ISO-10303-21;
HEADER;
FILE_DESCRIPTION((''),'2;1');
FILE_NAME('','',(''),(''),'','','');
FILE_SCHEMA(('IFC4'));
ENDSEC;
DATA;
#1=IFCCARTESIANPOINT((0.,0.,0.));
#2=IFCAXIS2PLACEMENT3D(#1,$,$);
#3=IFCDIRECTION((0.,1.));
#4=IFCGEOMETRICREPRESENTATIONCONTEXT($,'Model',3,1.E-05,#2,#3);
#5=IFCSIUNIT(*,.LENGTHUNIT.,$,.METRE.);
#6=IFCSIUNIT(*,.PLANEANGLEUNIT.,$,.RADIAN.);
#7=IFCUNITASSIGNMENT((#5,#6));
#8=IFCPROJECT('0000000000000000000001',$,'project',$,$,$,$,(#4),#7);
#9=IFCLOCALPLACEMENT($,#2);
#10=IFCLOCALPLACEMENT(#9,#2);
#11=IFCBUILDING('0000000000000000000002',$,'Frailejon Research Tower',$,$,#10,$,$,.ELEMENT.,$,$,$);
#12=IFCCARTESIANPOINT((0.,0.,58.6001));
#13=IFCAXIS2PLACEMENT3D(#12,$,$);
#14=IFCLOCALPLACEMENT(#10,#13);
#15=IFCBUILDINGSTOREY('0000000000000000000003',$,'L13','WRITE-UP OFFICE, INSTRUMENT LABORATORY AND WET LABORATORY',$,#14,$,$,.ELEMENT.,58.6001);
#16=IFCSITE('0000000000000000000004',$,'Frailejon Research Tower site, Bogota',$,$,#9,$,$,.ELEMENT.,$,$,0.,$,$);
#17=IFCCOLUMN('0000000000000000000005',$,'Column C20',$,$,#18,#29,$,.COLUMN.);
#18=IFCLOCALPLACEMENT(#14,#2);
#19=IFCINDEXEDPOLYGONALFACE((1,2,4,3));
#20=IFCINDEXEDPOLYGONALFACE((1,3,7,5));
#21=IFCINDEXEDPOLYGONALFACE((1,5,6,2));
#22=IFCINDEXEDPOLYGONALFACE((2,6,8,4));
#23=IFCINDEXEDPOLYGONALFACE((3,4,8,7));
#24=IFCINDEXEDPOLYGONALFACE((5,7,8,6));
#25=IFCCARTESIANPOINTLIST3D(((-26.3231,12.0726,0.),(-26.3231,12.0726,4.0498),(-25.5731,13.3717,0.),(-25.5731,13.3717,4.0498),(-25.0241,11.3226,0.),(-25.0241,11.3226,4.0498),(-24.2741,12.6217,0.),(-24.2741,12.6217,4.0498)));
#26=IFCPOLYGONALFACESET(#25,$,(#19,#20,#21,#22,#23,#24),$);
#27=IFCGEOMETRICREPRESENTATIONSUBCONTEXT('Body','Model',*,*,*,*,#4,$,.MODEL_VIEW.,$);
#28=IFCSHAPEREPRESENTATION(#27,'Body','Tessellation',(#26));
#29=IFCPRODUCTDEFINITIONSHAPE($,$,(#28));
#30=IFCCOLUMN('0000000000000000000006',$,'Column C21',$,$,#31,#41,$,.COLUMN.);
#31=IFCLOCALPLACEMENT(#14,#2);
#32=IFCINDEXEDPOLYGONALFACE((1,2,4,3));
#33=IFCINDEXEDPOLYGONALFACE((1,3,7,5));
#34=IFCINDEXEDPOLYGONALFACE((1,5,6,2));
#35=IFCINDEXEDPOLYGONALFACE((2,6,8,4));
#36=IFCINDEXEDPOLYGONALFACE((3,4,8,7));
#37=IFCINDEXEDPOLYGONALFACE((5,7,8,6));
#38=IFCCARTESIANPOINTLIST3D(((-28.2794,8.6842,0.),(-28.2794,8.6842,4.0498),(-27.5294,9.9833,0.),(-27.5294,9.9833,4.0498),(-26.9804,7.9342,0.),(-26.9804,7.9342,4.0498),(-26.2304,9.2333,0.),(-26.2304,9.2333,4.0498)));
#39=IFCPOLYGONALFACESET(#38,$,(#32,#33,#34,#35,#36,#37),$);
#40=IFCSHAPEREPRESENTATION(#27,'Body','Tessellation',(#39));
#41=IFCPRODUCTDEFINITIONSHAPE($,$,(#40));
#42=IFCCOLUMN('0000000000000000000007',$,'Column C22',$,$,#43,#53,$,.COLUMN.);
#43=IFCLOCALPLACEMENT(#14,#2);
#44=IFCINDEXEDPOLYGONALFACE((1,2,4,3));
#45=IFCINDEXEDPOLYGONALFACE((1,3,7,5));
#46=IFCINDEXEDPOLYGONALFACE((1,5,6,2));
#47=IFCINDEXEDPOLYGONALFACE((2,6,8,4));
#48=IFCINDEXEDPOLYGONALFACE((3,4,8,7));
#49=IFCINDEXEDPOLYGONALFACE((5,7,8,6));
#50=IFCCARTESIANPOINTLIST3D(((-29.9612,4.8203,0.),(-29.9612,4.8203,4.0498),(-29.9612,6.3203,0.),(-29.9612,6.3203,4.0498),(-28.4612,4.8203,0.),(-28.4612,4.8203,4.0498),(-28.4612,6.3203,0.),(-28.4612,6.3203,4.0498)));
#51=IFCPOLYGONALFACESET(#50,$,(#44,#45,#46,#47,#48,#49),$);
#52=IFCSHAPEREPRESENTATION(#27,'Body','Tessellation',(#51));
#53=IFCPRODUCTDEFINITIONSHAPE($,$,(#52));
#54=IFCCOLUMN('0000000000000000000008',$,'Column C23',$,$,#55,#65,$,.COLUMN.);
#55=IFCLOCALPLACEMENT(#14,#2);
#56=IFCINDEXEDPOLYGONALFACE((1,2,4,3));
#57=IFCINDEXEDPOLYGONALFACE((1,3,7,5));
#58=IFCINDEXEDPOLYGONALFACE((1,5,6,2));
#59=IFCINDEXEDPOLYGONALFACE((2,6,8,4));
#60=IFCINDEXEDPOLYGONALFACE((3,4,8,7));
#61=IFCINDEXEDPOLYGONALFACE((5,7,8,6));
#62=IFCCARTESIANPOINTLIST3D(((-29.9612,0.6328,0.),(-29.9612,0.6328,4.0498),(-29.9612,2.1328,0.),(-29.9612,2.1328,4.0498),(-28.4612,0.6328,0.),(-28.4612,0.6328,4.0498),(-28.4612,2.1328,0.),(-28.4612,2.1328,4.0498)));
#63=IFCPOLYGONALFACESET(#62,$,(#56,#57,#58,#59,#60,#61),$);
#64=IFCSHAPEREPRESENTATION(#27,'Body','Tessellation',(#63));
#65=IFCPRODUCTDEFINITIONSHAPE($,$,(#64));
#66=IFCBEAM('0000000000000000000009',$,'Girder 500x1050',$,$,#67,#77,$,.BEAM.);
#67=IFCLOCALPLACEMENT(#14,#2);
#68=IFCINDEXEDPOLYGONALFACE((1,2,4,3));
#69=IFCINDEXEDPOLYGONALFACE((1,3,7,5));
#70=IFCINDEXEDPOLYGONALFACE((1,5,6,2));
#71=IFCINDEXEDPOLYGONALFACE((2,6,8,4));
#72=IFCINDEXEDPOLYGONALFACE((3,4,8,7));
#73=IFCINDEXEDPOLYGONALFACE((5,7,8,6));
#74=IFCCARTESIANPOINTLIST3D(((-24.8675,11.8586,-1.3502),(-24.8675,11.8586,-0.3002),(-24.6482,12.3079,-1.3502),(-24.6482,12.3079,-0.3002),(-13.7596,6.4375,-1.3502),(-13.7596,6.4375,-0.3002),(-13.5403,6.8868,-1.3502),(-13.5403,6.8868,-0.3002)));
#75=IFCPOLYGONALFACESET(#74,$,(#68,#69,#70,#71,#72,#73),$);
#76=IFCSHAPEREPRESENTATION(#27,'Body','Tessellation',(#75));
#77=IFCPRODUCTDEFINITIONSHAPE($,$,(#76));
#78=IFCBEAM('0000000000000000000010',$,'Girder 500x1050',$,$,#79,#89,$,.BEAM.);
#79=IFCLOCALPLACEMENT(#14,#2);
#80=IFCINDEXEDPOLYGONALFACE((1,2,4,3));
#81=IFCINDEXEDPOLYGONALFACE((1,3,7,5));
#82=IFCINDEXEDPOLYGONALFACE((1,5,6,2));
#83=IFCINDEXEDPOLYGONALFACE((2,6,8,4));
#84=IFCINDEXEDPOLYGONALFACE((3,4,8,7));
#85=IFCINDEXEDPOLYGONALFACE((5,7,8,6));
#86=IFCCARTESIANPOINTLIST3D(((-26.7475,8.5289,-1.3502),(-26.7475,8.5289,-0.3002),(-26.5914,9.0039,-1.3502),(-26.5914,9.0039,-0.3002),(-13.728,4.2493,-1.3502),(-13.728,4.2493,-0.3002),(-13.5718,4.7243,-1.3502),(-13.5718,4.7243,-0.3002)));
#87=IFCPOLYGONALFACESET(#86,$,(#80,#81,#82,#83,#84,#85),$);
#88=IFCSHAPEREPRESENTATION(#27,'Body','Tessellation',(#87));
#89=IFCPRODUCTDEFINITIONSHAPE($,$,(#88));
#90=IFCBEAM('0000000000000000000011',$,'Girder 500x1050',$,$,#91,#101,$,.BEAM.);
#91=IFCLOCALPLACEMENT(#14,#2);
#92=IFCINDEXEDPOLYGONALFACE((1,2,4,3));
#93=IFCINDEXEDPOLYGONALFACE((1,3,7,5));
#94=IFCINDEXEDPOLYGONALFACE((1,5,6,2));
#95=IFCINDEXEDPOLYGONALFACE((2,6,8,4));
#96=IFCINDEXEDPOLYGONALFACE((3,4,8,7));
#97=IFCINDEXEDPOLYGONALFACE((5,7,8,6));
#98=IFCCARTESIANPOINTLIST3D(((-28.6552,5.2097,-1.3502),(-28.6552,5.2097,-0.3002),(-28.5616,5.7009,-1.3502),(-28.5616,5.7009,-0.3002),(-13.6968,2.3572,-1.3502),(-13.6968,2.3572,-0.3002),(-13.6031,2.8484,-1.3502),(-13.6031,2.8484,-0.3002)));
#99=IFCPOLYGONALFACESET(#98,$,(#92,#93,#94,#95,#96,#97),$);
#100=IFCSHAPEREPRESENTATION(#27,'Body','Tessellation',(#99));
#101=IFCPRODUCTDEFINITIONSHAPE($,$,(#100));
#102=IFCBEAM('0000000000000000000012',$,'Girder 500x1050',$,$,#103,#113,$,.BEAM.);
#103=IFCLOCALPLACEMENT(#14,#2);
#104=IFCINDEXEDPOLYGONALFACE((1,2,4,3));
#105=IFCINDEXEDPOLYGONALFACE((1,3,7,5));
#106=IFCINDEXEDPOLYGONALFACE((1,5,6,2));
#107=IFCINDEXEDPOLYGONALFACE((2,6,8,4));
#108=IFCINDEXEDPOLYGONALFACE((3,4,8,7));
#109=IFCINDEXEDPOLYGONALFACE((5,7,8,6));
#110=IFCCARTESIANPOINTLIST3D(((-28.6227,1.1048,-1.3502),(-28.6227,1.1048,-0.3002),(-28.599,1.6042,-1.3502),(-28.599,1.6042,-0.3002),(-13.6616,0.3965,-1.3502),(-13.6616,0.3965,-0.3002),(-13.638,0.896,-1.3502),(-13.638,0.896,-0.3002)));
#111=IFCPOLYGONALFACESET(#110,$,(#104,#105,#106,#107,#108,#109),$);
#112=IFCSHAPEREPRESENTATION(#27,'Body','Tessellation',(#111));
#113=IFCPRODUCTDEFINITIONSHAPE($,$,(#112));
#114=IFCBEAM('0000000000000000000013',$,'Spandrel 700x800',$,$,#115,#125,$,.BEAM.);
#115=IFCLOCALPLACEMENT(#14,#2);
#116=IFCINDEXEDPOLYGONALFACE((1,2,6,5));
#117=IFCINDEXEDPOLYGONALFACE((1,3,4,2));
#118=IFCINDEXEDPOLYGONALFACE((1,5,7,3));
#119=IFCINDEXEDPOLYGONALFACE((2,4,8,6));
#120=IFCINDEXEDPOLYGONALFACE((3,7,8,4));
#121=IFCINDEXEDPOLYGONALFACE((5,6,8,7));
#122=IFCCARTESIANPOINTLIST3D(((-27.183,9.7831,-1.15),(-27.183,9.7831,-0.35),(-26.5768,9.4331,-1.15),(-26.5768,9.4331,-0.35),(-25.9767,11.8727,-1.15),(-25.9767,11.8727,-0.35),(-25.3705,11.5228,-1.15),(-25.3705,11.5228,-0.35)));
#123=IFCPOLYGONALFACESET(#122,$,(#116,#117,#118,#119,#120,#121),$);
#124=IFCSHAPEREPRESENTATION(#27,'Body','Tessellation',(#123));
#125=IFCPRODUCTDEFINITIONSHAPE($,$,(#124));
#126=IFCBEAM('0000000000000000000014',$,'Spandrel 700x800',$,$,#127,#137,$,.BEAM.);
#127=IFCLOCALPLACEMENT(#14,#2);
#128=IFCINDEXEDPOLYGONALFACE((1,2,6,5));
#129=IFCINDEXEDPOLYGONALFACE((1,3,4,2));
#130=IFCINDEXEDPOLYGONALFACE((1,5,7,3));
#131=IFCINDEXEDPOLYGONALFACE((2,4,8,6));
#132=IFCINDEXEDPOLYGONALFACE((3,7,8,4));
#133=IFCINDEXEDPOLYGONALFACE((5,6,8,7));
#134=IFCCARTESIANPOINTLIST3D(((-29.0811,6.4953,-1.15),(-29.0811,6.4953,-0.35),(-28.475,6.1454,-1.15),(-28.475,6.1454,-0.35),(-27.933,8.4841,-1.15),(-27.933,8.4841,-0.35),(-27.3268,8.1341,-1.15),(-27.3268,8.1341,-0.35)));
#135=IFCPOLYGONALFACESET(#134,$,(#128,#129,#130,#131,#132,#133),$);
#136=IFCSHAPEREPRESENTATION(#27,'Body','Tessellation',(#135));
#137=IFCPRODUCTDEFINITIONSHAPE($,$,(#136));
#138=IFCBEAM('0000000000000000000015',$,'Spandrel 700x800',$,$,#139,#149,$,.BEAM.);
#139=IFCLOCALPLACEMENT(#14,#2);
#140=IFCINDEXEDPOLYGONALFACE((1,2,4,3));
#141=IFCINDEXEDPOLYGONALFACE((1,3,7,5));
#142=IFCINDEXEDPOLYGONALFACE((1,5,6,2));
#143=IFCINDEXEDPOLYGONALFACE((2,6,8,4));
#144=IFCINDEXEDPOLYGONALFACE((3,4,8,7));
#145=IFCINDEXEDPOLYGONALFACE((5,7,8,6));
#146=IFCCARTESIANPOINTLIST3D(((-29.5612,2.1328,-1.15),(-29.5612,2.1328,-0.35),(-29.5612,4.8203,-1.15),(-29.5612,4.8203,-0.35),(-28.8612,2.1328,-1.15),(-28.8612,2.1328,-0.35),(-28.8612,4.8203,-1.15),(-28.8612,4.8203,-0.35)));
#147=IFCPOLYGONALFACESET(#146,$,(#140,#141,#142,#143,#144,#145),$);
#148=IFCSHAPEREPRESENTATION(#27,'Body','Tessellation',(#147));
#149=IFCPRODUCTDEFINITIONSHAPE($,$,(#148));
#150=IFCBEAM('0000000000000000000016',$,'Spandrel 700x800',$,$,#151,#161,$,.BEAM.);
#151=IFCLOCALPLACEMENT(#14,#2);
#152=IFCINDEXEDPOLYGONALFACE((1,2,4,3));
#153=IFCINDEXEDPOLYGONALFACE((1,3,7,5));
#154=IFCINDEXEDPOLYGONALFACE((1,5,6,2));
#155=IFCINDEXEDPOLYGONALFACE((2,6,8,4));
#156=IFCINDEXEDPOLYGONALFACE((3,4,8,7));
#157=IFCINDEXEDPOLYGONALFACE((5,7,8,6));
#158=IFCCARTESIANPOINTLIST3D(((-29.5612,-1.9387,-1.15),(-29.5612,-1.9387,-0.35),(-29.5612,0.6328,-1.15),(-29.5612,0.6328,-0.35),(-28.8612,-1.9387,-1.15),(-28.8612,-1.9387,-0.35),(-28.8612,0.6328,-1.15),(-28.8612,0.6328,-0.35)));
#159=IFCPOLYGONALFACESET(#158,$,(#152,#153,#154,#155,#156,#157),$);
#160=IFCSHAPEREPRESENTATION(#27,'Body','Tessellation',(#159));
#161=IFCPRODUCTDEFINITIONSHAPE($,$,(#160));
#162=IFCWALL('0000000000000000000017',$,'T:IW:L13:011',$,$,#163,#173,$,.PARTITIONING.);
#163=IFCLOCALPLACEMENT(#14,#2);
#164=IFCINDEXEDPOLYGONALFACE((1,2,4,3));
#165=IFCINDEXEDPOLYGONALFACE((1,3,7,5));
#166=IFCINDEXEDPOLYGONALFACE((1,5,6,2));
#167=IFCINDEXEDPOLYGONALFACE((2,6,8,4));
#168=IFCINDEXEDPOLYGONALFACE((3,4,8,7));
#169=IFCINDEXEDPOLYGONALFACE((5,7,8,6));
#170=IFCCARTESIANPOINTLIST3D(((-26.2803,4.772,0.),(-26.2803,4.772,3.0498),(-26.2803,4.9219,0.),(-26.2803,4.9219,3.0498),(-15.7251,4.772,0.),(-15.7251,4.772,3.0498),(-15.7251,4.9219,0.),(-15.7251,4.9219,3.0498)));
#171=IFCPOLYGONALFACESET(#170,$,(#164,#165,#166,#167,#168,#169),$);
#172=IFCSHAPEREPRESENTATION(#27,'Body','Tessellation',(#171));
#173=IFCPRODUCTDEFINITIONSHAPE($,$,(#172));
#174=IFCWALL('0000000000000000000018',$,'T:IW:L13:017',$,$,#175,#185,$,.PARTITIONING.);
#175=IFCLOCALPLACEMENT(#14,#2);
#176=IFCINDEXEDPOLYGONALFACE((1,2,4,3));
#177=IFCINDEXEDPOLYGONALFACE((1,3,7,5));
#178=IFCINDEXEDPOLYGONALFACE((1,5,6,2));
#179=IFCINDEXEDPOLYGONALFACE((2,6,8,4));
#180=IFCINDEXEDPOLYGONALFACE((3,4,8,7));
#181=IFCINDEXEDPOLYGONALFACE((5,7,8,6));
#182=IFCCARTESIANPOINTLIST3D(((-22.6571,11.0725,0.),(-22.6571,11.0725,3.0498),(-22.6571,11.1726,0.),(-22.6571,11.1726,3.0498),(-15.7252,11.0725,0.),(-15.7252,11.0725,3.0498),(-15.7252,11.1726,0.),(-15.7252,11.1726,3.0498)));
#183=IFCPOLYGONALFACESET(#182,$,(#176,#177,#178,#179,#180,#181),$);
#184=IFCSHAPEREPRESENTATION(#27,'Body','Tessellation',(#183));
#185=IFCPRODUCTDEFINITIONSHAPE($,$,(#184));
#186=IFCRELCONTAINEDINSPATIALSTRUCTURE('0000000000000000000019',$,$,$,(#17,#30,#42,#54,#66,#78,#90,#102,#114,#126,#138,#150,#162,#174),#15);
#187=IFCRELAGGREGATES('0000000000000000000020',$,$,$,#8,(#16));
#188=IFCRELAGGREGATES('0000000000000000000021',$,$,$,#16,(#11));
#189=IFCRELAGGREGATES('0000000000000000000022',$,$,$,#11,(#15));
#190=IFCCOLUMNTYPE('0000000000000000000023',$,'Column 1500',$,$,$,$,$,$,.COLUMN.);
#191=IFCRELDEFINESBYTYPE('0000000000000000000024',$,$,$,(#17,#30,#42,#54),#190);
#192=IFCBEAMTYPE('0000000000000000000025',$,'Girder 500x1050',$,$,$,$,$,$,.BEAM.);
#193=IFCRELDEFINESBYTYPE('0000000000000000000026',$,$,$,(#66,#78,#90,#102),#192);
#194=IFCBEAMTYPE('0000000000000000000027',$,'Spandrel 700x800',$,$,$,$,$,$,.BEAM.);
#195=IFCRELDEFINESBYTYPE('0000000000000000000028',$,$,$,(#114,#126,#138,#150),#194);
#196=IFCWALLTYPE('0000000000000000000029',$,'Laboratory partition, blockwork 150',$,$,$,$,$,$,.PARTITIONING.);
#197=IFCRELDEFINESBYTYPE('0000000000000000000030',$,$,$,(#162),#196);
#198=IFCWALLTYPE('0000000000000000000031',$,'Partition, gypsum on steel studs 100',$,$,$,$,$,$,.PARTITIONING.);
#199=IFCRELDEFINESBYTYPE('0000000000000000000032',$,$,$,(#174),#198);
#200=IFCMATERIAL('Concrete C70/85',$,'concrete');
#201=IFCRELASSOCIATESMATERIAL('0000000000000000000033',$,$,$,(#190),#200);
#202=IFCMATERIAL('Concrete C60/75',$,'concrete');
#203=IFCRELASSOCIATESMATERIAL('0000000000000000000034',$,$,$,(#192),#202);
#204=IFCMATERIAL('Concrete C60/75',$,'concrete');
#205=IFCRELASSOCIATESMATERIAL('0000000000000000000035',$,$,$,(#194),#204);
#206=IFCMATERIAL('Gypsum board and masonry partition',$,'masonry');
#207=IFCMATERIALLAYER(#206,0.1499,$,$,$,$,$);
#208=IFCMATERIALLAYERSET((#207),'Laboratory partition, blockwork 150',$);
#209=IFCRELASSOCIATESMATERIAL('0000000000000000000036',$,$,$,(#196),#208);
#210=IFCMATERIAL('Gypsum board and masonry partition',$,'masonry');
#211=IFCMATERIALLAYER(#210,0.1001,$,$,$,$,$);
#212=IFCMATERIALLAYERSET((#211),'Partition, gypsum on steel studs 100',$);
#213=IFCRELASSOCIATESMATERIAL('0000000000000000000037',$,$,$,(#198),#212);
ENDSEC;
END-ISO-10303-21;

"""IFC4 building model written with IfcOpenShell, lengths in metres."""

from ifc_helpers import new_model, si_unit, direction, frame, frame_2d, origin, origin_2d, place, context, subcontext, project, spatial, rectangle, extrude, material, layer, layer_set, material_profile, profile_set, type_object, element, save


model = new_model("IFC4")

# Units and contexts
model_context = context("Model", 3, precision=1e-05, world=origin(), true_north=direction((0.0, 1.0)))
body_context = subcontext(model_context, "Body", "Model", "MODEL_VIEW")
ifc_project = project(units=[si_unit("LENGTHUNIT", "METRE"), si_unit("PLANEANGLEUNIT", "RADIAN")], contexts=[model_context])

# Site, building, storey
site_placement = place(None, origin())
site = spatial("IfcSite", under=ifc_project, at=site_placement, Name="Frailejon Research Tower site, Bogota", CompositionType="ELEMENT", RefElevation=0.0)
building_placement = place(site_placement, origin())
building = spatial("IfcBuilding", under=site, at=building_placement, Name="Frailejon Research Tower", CompositionType="ELEMENT")
storey_placement = place(building_placement, frame((0.0, 0.0, 58.6001)))
storey = spatial("IfcBuildingStorey", under=building, at=storey_placement, Name="L13", Description="WRITE-UP OFFICE, INSTRUMENT LABORATORY AND WET LABORATORY", CompositionType="ELEMENT", Elevation=58.6001)

# Columns
ifc_material_1 = material(Name="Concrete C70/85", Category="concrete")
ifc_material_profile_1 = material_profile(ifc_material_1, rectangle(XDim=1.5, YDim=1.5, at=origin_2d()), Name="Column 1500")
ifc_profile_set_1 = profile_set([ifc_material_profile_1], Name="Concrete C70/85")
column_type = type_object("IfcColumnType", Name="Column 1500", PredefinedType="COLUMN", material=ifc_profile_set_1)
for number, where, z_axis, x_axis, name in (
    (1, (-25.2986, 12.3472, 0.0), (0.0, 0.0, 1.0), (-0.5, -0.866025, 0.0), "Column C20"),
    (2, (-27.2549, 8.9587, 0.0), (0.0, 0.0, 1.0), (-0.5, -0.866025, 0.0), "Column C21"),
    (3, (-29.2112, 5.5703, 0.0), (0.0, 0.0, 1.0), (0.0, -1.0, 0.0), "Column C22"),
    (4, (-29.2112, 1.3828, 0.0), (0.0, 0.0, 1.0), (0.0, -1.0, 0.0), "Column C23"),
):
    element("IfcColumn", number, at=place(storey_placement, frame(where, z_axis=z_axis, x_axis=x_axis)), inside=storey, type_object=column_type, Name=name, PredefinedType="COLUMN", context=body_context, shape_type="SweptSolid", body=[
        extrude(rectangle(XDim=1.5, YDim=1.5, at=origin_2d()), origin(), (0.0, 0.0, 1.0), 4.0498),
    ])

# Beams
ifc_material_2 = material(Name="Concrete C60/75", Category="concrete")
ifc_material_profile_2 = material_profile(ifc_material_2, rectangle(XDim=0.5, YDim=1.05, at=origin_2d()), Name="Girder 500x1050")
ifc_profile_set_2 = profile_set([ifc_material_profile_2], Name="Concrete C60/75")
beam_type_1 = type_object("IfcBeamType", Name="Girder 500x1050", PredefinedType="BEAM", material=ifc_profile_set_2)
beam_1_placement = place(storey_placement, frame((-24.7578, 12.0833, -0.8252), z_axis=(0.898684, -0.438597, 0.0), x_axis=(0.438597, 0.898684, 0.0)))
element("IfcBeam", 5, at=beam_1_placement, inside=storey, type_object=beam_type_1, Name="Girder 500x1050", PredefinedType="BEAM", context=body_context, shape_type="SweptSolid", body=[
    extrude(rectangle(XDim=0.5, YDim=1.05, at=origin_2d()), origin(), (0.0, 0.0, 1.0), 12.3601),
])
beam_2_placement = place(storey_placement, frame((-26.6694, 8.7664, -0.8252), z_axis=(0.949995, -0.312265, 0.0), x_axis=(0.312265, 0.949995, 0.0)))
element("IfcBeam", 6, at=beam_2_placement, inside=storey, type_object=beam_type_1, Name="Girder 500x1050", PredefinedType="BEAM", context=body_context, shape_type="SweptSolid", body=[
    extrude(rectangle(XDim=0.5, YDim=1.05, at=origin_2d()), origin(), (0.0, 0.0, 1.0), 13.7048),
])
beam_3_placement = place(storey_placement, frame((-28.6084, 5.4553, -0.8252), z_axis=(0.982299, -0.187321, 0.0), x_axis=(0.187321, 0.982299, 0.0)))
element("IfcBeam", 7, at=beam_3_placement, inside=storey, type_object=beam_type_1, Name="Girder 500x1050", PredefinedType="BEAM", context=body_context, shape_type="SweptSolid", body=[
    extrude(rectangle(XDim=0.5, YDim=1.05, at=origin_2d()), origin(), (0.0, 0.0, 1.0), 15.228),
])
beam_4_placement = place(storey_placement, frame((-28.6108, 1.3545, -0.8252), z_axis=(0.998881, -0.047287, 0.0), x_axis=(0.047287, 0.998881, 0.0)))
element("IfcBeam", 8, at=beam_4_placement, inside=storey, type_object=beam_type_1, Name="Girder 500x1050", PredefinedType="BEAM", context=body_context, shape_type="SweptSolid", body=[
    extrude(rectangle(XDim=0.5, YDim=1.05, at=origin_2d()), origin(), (0.0, 0.0, 1.0), 14.9778),
])
ifc_material_3 = material(Name="Concrete C60/75", Category="concrete")
ifc_material_profile_3 = material_profile(ifc_material_3, rectangle(XDim=0.7, YDim=0.8, at=origin_2d()), Name="Spandrel 700x800")
ifc_profile_set_3 = profile_set([ifc_material_profile_3], Name="Concrete C60/75")
beam_type_2 = type_object("IfcBeamType", Name="Spandrel 700x800", PredefinedType="BEAM", material=ifc_profile_set_3)
beam_5_placement = place(storey_placement, frame((-25.6736, 11.6978, -0.75), z_axis=(-0.499959, -0.866049, 0.0), x_axis=(0.866049, -0.499959, 0.0)))
element("IfcBeam", 9, at=beam_5_placement, inside=storey, type_object=beam_type_2, Name="Spandrel 700x800", PredefinedType="BEAM", context=body_context, shape_type="SweptSolid", body=[
    extrude(rectangle(XDim=0.7, YDim=0.8, at=origin_2d()), origin(), (0.0, 0.0, 1.0), 2.4128),
])
beam_6_placement = place(storey_placement, frame((-27.6299, 8.3091, -0.75), z_axis=(-0.499992, -0.86603, 0.0), x_axis=(0.86603, -0.499992, 0.0)))
element("IfcBeam", 10, at=beam_6_placement, inside=storey, type_object=beam_type_2, Name="Spandrel 700x800", PredefinedType="BEAM", context=body_context, shape_type="SweptSolid", body=[
    extrude(rectangle(XDim=0.7, YDim=0.8, at=origin_2d()), origin(), (0.0, 0.0, 1.0), 2.2964),
])
beam_7_placement = place(storey_placement, frame((-29.2112, 4.8203, -0.75), z_axis=(0.0, -1.0, 0.0), x_axis=(1.0, 0.0, 0.0)))
element("IfcBeam", 11, at=beam_7_placement, inside=storey, type_object=beam_type_2, Name="Spandrel 700x800", PredefinedType="BEAM", context=body_context, shape_type="SweptSolid", body=[
    extrude(rectangle(XDim=0.7, YDim=0.8, at=origin_2d()), origin(), (0.0, 0.0, 1.0), 2.6875),
])
beam_8_placement = place(storey_placement, frame((-29.2112, 0.6328, -0.75), z_axis=(0.0, -1.0, 0.0), x_axis=(1.0, 0.0, 0.0)))
element("IfcBeam", 12, at=beam_8_placement, inside=storey, type_object=beam_type_2, Name="Spandrel 700x800", PredefinedType="BEAM", context=body_context, shape_type="SweptSolid", body=[
    extrude(rectangle(XDim=0.7, YDim=0.8, at=origin_2d()), origin(), (0.0, 0.0, 1.0), 2.5715),
])

# Walls
ifc_material_4 = material(Name="Gypsum board and masonry partition", Category="masonry")
ifc_layer_1 = layer(ifc_material_4, 0.1499)
ifc_layer_set_1 = layer_set([ifc_layer_1], Name="Laboratory partition, blockwork 150")
wall_type_1 = type_object("IfcWallType", Name="Laboratory partition, blockwork 150", PredefinedType="PARTITIONING", material=ifc_layer_set_1)
wall_1_placement = place(storey_placement, frame((-26.2803, 4.8469, 0.0), z_axis=(0.0, 0.0, 1.0), x_axis=(1.0, 0.0, 0.0)))
element("IfcWall", 13, at=wall_1_placement, inside=storey, type_object=wall_type_1, Name="T:IW:L13:011", PredefinedType="PARTITIONING", context=body_context, shape_type="SweptSolid", body=[
    extrude(rectangle(XDim=10.5552, YDim=0.1499, at=frame_2d((5.2776, 0.0))), origin(), (0.0, 0.0, 1.0), 3.0498),
])
ifc_material_5 = material(Name="Gypsum board and masonry partition", Category="masonry")
ifc_layer_2 = layer(ifc_material_5, 0.1001)
ifc_layer_set_2 = layer_set([ifc_layer_2], Name="Partition, gypsum on steel studs 100")
wall_type_2 = type_object("IfcWallType", Name="Partition, gypsum on steel studs 100", PredefinedType="PARTITIONING", material=ifc_layer_set_2)
wall_2_placement = place(storey_placement, frame((-22.657, 11.1226, 0.0), z_axis=(0.0, 0.0, 1.0), x_axis=(1.0, 0.0, 0.0)))
element("IfcWall", 14, at=wall_2_placement, inside=storey, type_object=wall_type_2, Name="T:IW:L13:017", PredefinedType="PARTITIONING", context=body_context, shape_type="SweptSolid", body=[
    extrude(rectangle(XDim=6.9319, YDim=0.1001, at=frame_2d((3.4658, 0.0))), origin(), (0.0, 0.0, 1.0), 3.0498),
])

save(model, "model.ifc")
